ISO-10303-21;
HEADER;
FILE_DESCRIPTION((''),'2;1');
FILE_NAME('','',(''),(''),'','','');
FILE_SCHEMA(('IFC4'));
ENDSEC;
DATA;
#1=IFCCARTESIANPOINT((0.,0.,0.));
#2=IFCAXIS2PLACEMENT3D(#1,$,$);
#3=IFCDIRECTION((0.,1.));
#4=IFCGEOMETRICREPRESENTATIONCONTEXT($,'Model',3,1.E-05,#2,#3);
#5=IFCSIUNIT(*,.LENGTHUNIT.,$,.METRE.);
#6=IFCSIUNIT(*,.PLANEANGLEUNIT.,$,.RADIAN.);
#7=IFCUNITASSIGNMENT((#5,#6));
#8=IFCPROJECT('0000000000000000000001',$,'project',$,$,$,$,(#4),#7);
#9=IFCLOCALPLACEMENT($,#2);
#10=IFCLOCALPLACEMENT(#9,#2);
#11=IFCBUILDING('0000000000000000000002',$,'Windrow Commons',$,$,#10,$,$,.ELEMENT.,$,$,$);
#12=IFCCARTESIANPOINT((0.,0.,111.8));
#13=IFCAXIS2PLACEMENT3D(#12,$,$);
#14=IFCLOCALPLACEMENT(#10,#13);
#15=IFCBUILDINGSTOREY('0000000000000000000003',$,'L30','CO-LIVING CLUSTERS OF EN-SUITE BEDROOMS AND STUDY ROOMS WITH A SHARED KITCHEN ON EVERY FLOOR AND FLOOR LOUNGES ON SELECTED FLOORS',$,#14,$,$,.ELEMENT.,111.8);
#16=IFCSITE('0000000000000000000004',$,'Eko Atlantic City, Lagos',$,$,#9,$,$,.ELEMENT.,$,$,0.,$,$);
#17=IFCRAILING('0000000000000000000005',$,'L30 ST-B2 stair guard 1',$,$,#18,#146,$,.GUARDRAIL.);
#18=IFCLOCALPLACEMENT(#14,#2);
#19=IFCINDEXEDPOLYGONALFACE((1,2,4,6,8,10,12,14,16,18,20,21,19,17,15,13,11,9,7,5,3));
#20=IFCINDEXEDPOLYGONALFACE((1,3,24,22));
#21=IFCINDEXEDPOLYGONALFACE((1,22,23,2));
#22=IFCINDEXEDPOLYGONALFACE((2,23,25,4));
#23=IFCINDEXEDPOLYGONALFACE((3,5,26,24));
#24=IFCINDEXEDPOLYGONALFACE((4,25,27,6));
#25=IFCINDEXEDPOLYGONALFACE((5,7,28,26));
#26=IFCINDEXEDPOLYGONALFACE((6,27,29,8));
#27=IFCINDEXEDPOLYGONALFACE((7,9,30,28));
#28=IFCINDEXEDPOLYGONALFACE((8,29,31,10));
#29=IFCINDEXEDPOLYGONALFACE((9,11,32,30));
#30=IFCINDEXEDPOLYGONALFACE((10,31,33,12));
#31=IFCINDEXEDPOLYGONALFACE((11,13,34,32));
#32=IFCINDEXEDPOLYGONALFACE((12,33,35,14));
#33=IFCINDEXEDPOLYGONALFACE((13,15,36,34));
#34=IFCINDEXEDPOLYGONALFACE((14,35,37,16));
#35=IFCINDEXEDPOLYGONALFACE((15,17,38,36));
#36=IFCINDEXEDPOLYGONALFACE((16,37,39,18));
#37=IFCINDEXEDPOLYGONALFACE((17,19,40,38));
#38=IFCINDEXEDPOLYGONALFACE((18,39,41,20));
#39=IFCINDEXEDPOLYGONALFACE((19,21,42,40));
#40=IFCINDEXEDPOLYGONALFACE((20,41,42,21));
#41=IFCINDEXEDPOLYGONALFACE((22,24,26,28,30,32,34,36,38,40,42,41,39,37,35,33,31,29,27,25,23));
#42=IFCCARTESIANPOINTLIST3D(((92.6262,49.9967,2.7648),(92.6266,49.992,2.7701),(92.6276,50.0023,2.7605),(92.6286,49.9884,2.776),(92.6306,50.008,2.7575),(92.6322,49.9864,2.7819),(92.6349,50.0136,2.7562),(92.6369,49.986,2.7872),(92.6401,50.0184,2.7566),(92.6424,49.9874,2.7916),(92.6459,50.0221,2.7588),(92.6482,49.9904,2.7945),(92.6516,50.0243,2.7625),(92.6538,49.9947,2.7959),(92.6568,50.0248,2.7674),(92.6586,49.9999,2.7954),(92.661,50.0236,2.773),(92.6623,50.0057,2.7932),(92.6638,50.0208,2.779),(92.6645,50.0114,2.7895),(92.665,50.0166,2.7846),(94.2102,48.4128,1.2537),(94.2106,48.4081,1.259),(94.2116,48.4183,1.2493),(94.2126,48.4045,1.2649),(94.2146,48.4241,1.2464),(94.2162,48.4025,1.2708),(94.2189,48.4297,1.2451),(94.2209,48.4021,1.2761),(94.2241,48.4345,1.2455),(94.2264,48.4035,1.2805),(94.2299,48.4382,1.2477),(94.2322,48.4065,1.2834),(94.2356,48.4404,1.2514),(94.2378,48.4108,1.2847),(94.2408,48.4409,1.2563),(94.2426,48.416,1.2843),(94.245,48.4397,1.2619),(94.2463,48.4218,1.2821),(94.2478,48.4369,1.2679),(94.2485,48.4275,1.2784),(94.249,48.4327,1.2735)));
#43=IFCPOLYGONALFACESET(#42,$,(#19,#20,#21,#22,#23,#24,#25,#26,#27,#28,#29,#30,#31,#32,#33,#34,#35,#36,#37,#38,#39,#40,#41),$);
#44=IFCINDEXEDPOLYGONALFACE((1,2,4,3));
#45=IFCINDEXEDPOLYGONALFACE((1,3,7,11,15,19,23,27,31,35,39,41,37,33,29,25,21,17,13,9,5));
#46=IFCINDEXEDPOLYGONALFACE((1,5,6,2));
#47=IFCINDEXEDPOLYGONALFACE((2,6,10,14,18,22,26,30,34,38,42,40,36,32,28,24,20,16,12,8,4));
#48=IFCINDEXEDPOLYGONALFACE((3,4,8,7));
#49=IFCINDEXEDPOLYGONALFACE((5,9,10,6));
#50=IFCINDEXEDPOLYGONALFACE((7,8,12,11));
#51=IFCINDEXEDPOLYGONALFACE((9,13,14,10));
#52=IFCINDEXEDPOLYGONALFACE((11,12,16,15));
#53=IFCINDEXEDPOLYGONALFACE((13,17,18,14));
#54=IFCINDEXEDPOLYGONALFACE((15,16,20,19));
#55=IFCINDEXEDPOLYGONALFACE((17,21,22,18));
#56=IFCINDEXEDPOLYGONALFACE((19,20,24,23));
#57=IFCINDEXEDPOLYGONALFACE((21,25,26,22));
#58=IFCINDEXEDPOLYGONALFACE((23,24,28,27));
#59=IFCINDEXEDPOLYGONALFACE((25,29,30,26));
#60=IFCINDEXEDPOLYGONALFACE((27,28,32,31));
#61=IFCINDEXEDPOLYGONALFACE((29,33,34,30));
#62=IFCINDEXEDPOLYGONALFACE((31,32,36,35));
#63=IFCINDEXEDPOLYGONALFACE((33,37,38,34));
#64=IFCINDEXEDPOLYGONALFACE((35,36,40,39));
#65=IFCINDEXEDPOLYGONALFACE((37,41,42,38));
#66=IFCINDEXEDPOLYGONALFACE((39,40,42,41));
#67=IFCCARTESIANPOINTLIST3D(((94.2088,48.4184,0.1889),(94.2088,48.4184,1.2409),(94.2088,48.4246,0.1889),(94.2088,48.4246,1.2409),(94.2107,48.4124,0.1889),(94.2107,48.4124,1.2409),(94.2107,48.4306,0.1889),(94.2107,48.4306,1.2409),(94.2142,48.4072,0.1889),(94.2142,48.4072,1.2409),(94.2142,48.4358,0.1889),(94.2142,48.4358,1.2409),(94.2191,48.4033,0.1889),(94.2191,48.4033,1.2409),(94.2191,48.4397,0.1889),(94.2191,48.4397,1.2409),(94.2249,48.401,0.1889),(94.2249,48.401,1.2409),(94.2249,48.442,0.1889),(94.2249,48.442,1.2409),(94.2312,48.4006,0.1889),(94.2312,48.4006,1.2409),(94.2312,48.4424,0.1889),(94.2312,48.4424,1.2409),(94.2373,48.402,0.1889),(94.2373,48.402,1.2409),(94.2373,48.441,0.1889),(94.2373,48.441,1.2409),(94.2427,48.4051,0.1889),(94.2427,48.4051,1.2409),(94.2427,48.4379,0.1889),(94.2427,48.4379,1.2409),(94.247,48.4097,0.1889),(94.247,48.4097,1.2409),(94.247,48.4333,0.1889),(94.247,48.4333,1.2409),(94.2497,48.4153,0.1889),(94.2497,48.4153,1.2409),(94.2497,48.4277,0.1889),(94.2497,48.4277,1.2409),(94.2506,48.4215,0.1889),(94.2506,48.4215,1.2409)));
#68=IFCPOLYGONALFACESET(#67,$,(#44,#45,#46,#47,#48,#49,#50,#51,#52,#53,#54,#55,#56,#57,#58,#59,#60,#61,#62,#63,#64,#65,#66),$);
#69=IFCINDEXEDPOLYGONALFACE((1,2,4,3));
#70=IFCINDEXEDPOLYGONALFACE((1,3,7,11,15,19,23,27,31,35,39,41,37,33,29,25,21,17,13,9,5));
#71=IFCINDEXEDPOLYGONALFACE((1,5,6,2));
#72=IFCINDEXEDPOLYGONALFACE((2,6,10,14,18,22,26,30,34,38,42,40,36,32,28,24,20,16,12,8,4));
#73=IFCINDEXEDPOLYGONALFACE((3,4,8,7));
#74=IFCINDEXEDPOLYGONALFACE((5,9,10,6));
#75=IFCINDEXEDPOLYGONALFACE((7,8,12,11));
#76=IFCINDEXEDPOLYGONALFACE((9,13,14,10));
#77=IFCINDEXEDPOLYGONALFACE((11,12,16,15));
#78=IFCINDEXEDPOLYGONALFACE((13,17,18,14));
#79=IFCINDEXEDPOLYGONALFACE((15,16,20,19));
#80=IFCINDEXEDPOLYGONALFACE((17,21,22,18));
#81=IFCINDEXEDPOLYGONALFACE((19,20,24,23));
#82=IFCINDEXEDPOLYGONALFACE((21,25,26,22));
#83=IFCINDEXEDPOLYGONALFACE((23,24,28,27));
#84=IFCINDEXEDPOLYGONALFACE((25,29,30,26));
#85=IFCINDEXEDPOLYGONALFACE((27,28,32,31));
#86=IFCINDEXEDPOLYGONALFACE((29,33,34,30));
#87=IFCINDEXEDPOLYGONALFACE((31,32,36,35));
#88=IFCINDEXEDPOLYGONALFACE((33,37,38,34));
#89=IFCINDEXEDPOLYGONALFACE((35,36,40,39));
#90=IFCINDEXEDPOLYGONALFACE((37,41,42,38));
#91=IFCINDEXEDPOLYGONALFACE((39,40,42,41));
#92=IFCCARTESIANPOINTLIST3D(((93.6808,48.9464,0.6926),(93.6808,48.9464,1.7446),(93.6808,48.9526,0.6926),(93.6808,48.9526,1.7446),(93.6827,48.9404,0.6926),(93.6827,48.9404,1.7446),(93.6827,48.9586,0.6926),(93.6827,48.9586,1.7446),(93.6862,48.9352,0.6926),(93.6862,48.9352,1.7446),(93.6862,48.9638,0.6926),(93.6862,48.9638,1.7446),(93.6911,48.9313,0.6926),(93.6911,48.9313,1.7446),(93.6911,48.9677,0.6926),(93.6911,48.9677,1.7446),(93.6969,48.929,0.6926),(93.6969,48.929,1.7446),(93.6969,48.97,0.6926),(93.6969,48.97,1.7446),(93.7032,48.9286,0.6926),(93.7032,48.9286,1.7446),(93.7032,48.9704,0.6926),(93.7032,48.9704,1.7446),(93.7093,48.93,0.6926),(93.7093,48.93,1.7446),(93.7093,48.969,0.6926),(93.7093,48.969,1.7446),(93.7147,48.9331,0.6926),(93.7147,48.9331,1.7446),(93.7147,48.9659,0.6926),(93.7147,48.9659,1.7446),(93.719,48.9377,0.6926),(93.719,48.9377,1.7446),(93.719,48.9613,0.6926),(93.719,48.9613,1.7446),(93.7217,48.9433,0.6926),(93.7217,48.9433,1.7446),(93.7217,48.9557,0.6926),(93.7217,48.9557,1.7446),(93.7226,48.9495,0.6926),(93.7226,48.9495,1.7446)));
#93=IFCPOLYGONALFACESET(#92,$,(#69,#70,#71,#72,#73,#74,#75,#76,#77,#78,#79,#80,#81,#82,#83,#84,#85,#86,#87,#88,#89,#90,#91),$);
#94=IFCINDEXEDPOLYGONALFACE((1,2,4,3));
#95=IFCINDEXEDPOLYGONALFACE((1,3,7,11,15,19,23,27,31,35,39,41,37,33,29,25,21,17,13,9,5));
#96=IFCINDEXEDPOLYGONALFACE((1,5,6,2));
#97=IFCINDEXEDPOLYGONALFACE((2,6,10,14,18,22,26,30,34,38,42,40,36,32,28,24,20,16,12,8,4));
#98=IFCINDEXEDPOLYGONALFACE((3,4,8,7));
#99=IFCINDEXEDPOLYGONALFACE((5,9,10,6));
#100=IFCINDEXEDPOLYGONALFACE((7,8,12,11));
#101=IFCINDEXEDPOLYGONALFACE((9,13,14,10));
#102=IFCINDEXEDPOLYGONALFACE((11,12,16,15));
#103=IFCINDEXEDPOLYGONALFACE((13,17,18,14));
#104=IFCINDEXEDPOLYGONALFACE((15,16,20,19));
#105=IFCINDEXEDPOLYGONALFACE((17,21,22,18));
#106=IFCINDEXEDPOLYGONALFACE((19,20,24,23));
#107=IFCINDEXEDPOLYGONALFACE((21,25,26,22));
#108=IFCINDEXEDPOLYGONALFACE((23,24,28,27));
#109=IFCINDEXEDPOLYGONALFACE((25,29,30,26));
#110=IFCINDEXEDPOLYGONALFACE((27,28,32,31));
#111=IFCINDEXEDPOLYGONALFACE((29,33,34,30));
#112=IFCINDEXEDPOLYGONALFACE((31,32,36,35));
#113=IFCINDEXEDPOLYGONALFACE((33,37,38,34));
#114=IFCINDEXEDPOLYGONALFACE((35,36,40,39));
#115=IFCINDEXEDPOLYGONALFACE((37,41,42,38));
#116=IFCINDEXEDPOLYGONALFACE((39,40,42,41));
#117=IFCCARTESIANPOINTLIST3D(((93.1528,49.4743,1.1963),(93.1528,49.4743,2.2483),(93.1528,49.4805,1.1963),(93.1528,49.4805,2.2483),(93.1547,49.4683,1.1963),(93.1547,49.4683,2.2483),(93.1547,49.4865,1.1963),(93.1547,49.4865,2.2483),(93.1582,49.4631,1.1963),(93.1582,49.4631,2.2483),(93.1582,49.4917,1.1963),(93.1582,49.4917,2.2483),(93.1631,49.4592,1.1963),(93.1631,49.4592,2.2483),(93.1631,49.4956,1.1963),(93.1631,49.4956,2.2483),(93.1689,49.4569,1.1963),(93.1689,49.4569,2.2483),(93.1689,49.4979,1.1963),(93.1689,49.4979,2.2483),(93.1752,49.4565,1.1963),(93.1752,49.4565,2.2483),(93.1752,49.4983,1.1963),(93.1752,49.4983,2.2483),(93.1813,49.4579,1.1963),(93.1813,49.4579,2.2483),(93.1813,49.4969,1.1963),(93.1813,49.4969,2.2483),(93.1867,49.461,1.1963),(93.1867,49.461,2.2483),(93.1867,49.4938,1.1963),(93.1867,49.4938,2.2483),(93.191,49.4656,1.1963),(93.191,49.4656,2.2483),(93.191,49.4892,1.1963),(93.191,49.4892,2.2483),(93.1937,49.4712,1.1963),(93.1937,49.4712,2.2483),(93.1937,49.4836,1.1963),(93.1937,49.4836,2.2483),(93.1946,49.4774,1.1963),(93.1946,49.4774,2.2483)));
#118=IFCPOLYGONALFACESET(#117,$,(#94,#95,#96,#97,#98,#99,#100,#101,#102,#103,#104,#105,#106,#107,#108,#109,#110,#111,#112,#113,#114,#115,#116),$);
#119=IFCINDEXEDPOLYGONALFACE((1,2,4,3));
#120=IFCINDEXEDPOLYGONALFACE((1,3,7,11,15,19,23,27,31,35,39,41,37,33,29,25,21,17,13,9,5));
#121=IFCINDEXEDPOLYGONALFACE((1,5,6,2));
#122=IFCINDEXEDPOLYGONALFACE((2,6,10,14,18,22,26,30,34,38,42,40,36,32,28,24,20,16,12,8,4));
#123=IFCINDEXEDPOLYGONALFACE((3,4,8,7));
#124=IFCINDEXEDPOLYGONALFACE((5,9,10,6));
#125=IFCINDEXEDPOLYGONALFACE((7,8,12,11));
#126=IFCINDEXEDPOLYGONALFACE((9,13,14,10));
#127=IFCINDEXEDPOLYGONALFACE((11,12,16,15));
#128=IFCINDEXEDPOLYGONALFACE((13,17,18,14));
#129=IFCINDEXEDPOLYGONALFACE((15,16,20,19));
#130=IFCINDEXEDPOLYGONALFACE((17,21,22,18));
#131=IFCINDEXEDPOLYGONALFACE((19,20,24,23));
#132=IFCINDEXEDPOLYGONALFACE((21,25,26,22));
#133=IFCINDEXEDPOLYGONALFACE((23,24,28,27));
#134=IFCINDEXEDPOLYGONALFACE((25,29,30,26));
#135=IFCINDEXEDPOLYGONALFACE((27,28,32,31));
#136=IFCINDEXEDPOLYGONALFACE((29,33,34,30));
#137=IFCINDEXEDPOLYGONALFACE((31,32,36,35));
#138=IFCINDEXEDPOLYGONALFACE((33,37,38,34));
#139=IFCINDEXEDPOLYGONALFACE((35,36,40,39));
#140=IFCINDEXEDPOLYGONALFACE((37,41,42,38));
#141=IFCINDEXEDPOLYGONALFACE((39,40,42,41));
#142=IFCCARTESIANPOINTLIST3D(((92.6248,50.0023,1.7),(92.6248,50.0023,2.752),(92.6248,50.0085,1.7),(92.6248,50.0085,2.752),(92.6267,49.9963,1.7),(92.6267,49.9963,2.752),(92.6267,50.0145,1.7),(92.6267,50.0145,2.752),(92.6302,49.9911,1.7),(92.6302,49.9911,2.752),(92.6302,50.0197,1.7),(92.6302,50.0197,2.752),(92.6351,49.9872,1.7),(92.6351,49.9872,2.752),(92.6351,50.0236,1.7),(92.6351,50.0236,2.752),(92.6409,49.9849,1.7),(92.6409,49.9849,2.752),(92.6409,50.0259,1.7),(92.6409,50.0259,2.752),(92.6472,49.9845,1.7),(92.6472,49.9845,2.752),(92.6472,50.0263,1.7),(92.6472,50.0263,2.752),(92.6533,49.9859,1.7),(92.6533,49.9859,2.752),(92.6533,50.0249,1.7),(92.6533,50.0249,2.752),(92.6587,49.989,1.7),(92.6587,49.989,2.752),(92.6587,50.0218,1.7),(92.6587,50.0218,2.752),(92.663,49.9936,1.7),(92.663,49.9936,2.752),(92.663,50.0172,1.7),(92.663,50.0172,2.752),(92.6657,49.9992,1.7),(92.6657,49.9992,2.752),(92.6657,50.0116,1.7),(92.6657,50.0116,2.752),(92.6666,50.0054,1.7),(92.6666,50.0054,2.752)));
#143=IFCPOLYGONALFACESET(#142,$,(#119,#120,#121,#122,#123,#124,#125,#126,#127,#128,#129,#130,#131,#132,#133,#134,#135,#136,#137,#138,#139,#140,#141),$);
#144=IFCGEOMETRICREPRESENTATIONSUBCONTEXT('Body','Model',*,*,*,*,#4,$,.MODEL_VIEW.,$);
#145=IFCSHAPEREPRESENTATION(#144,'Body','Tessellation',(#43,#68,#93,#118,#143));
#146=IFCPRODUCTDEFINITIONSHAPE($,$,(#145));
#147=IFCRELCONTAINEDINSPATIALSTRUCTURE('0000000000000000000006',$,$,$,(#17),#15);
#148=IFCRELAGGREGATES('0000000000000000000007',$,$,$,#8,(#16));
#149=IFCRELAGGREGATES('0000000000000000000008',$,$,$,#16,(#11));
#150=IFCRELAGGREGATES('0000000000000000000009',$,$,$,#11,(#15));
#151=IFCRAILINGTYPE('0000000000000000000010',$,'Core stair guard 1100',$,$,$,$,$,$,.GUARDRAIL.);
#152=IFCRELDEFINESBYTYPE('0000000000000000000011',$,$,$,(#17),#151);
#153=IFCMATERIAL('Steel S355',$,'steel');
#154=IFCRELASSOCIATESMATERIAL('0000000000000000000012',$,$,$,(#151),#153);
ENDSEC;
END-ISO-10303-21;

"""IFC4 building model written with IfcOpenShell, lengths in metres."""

from ifc_helpers import new_model, si_unit, direction, frame, origin, origin_2d, place, context, subcontext, project, spatial, circle, extrude, material, type_object, element, save


model = new_model("IFC4")

# Units and contexts
model_context = context("Model", 3, precision=1e-05, world=origin(), true_north=direction((0.0, 1.0)))
body_context = subcontext(model_context, "Body", "Model", "MODEL_VIEW")
ifc_project = project(units=[si_unit("LENGTHUNIT", "METRE"), si_unit("PLANEANGLEUNIT", "RADIAN")], contexts=[model_context])

# Site, building, storey
site_placement = place(None, origin())
site = spatial("IfcSite", under=ifc_project, at=site_placement, Name="Eko Atlantic City, Lagos", CompositionType="ELEMENT", RefElevation=0.0)
building_placement = place(site_placement, origin())
building = spatial("IfcBuilding", under=site, at=building_placement, Name="Windrow Commons", CompositionType="ELEMENT")
storey_placement = place(building_placement, frame((0.0, 0.0, 111.8)))
storey = spatial("IfcBuildingStorey", under=building, at=storey_placement, Name="L30", Description="CO-LIVING CLUSTERS OF EN-SUITE BEDROOMS AND STUDY ROOMS WITH A SHARED KITCHEN ON EVERY FLOOR AND FLOOR LOUNGES ON SELECTED FLOORS", CompositionType="ELEMENT", Elevation=111.8)

# Railing
ifc_material_1 = material(Name="Steel S355", Category="steel")
railing_type_1 = type_object("IfcRailingType", Name="Core stair guard 1100", PredefinedType="GUARDRAIL", material=ifc_material_1)
railing_1_placement = place(storey_placement, frame((94.2296, 48.4215, 0.1889)))
element("IfcRailing", 1, at=railing_1_placement, inside=storey, type_object=railing_type_1, Name="L30 ST-B2 stair guard 1", PredefinedType="GUARDRAIL", context=body_context, shape_type="SweptSolid", body=[
    extrude(circle(Radius=0.024, at=origin_2d()), frame((0.0, 0.0, 1.076), z_axis=(-0.586216, 0.586179, 0.559237), x_axis=(-0.707084, -0.707129, 0.0)), (0.0, 0.0, 1.0), 2.7021),
    extrude(circle(Radius=0.021, at=origin_2d()), origin(), (0.0, 0.0, 1.0), 1.052),
    extrude(circle(Radius=0.021, at=origin_2d()), frame((-0.528, 0.528, 0.5037)), (0.0, 0.0, 1.0), 1.052),
    extrude(circle(Radius=0.021, at=origin_2d()), frame((-1.056, 1.0559, 1.0074)), (0.0, 0.0, 1.0), 1.052),
    extrude(circle(Radius=0.021, at=origin_2d()), frame((-1.584, 1.5839, 1.5111)), (0.0, 0.0, 1.0), 1.052),
])

save(model, "model.ifc")
